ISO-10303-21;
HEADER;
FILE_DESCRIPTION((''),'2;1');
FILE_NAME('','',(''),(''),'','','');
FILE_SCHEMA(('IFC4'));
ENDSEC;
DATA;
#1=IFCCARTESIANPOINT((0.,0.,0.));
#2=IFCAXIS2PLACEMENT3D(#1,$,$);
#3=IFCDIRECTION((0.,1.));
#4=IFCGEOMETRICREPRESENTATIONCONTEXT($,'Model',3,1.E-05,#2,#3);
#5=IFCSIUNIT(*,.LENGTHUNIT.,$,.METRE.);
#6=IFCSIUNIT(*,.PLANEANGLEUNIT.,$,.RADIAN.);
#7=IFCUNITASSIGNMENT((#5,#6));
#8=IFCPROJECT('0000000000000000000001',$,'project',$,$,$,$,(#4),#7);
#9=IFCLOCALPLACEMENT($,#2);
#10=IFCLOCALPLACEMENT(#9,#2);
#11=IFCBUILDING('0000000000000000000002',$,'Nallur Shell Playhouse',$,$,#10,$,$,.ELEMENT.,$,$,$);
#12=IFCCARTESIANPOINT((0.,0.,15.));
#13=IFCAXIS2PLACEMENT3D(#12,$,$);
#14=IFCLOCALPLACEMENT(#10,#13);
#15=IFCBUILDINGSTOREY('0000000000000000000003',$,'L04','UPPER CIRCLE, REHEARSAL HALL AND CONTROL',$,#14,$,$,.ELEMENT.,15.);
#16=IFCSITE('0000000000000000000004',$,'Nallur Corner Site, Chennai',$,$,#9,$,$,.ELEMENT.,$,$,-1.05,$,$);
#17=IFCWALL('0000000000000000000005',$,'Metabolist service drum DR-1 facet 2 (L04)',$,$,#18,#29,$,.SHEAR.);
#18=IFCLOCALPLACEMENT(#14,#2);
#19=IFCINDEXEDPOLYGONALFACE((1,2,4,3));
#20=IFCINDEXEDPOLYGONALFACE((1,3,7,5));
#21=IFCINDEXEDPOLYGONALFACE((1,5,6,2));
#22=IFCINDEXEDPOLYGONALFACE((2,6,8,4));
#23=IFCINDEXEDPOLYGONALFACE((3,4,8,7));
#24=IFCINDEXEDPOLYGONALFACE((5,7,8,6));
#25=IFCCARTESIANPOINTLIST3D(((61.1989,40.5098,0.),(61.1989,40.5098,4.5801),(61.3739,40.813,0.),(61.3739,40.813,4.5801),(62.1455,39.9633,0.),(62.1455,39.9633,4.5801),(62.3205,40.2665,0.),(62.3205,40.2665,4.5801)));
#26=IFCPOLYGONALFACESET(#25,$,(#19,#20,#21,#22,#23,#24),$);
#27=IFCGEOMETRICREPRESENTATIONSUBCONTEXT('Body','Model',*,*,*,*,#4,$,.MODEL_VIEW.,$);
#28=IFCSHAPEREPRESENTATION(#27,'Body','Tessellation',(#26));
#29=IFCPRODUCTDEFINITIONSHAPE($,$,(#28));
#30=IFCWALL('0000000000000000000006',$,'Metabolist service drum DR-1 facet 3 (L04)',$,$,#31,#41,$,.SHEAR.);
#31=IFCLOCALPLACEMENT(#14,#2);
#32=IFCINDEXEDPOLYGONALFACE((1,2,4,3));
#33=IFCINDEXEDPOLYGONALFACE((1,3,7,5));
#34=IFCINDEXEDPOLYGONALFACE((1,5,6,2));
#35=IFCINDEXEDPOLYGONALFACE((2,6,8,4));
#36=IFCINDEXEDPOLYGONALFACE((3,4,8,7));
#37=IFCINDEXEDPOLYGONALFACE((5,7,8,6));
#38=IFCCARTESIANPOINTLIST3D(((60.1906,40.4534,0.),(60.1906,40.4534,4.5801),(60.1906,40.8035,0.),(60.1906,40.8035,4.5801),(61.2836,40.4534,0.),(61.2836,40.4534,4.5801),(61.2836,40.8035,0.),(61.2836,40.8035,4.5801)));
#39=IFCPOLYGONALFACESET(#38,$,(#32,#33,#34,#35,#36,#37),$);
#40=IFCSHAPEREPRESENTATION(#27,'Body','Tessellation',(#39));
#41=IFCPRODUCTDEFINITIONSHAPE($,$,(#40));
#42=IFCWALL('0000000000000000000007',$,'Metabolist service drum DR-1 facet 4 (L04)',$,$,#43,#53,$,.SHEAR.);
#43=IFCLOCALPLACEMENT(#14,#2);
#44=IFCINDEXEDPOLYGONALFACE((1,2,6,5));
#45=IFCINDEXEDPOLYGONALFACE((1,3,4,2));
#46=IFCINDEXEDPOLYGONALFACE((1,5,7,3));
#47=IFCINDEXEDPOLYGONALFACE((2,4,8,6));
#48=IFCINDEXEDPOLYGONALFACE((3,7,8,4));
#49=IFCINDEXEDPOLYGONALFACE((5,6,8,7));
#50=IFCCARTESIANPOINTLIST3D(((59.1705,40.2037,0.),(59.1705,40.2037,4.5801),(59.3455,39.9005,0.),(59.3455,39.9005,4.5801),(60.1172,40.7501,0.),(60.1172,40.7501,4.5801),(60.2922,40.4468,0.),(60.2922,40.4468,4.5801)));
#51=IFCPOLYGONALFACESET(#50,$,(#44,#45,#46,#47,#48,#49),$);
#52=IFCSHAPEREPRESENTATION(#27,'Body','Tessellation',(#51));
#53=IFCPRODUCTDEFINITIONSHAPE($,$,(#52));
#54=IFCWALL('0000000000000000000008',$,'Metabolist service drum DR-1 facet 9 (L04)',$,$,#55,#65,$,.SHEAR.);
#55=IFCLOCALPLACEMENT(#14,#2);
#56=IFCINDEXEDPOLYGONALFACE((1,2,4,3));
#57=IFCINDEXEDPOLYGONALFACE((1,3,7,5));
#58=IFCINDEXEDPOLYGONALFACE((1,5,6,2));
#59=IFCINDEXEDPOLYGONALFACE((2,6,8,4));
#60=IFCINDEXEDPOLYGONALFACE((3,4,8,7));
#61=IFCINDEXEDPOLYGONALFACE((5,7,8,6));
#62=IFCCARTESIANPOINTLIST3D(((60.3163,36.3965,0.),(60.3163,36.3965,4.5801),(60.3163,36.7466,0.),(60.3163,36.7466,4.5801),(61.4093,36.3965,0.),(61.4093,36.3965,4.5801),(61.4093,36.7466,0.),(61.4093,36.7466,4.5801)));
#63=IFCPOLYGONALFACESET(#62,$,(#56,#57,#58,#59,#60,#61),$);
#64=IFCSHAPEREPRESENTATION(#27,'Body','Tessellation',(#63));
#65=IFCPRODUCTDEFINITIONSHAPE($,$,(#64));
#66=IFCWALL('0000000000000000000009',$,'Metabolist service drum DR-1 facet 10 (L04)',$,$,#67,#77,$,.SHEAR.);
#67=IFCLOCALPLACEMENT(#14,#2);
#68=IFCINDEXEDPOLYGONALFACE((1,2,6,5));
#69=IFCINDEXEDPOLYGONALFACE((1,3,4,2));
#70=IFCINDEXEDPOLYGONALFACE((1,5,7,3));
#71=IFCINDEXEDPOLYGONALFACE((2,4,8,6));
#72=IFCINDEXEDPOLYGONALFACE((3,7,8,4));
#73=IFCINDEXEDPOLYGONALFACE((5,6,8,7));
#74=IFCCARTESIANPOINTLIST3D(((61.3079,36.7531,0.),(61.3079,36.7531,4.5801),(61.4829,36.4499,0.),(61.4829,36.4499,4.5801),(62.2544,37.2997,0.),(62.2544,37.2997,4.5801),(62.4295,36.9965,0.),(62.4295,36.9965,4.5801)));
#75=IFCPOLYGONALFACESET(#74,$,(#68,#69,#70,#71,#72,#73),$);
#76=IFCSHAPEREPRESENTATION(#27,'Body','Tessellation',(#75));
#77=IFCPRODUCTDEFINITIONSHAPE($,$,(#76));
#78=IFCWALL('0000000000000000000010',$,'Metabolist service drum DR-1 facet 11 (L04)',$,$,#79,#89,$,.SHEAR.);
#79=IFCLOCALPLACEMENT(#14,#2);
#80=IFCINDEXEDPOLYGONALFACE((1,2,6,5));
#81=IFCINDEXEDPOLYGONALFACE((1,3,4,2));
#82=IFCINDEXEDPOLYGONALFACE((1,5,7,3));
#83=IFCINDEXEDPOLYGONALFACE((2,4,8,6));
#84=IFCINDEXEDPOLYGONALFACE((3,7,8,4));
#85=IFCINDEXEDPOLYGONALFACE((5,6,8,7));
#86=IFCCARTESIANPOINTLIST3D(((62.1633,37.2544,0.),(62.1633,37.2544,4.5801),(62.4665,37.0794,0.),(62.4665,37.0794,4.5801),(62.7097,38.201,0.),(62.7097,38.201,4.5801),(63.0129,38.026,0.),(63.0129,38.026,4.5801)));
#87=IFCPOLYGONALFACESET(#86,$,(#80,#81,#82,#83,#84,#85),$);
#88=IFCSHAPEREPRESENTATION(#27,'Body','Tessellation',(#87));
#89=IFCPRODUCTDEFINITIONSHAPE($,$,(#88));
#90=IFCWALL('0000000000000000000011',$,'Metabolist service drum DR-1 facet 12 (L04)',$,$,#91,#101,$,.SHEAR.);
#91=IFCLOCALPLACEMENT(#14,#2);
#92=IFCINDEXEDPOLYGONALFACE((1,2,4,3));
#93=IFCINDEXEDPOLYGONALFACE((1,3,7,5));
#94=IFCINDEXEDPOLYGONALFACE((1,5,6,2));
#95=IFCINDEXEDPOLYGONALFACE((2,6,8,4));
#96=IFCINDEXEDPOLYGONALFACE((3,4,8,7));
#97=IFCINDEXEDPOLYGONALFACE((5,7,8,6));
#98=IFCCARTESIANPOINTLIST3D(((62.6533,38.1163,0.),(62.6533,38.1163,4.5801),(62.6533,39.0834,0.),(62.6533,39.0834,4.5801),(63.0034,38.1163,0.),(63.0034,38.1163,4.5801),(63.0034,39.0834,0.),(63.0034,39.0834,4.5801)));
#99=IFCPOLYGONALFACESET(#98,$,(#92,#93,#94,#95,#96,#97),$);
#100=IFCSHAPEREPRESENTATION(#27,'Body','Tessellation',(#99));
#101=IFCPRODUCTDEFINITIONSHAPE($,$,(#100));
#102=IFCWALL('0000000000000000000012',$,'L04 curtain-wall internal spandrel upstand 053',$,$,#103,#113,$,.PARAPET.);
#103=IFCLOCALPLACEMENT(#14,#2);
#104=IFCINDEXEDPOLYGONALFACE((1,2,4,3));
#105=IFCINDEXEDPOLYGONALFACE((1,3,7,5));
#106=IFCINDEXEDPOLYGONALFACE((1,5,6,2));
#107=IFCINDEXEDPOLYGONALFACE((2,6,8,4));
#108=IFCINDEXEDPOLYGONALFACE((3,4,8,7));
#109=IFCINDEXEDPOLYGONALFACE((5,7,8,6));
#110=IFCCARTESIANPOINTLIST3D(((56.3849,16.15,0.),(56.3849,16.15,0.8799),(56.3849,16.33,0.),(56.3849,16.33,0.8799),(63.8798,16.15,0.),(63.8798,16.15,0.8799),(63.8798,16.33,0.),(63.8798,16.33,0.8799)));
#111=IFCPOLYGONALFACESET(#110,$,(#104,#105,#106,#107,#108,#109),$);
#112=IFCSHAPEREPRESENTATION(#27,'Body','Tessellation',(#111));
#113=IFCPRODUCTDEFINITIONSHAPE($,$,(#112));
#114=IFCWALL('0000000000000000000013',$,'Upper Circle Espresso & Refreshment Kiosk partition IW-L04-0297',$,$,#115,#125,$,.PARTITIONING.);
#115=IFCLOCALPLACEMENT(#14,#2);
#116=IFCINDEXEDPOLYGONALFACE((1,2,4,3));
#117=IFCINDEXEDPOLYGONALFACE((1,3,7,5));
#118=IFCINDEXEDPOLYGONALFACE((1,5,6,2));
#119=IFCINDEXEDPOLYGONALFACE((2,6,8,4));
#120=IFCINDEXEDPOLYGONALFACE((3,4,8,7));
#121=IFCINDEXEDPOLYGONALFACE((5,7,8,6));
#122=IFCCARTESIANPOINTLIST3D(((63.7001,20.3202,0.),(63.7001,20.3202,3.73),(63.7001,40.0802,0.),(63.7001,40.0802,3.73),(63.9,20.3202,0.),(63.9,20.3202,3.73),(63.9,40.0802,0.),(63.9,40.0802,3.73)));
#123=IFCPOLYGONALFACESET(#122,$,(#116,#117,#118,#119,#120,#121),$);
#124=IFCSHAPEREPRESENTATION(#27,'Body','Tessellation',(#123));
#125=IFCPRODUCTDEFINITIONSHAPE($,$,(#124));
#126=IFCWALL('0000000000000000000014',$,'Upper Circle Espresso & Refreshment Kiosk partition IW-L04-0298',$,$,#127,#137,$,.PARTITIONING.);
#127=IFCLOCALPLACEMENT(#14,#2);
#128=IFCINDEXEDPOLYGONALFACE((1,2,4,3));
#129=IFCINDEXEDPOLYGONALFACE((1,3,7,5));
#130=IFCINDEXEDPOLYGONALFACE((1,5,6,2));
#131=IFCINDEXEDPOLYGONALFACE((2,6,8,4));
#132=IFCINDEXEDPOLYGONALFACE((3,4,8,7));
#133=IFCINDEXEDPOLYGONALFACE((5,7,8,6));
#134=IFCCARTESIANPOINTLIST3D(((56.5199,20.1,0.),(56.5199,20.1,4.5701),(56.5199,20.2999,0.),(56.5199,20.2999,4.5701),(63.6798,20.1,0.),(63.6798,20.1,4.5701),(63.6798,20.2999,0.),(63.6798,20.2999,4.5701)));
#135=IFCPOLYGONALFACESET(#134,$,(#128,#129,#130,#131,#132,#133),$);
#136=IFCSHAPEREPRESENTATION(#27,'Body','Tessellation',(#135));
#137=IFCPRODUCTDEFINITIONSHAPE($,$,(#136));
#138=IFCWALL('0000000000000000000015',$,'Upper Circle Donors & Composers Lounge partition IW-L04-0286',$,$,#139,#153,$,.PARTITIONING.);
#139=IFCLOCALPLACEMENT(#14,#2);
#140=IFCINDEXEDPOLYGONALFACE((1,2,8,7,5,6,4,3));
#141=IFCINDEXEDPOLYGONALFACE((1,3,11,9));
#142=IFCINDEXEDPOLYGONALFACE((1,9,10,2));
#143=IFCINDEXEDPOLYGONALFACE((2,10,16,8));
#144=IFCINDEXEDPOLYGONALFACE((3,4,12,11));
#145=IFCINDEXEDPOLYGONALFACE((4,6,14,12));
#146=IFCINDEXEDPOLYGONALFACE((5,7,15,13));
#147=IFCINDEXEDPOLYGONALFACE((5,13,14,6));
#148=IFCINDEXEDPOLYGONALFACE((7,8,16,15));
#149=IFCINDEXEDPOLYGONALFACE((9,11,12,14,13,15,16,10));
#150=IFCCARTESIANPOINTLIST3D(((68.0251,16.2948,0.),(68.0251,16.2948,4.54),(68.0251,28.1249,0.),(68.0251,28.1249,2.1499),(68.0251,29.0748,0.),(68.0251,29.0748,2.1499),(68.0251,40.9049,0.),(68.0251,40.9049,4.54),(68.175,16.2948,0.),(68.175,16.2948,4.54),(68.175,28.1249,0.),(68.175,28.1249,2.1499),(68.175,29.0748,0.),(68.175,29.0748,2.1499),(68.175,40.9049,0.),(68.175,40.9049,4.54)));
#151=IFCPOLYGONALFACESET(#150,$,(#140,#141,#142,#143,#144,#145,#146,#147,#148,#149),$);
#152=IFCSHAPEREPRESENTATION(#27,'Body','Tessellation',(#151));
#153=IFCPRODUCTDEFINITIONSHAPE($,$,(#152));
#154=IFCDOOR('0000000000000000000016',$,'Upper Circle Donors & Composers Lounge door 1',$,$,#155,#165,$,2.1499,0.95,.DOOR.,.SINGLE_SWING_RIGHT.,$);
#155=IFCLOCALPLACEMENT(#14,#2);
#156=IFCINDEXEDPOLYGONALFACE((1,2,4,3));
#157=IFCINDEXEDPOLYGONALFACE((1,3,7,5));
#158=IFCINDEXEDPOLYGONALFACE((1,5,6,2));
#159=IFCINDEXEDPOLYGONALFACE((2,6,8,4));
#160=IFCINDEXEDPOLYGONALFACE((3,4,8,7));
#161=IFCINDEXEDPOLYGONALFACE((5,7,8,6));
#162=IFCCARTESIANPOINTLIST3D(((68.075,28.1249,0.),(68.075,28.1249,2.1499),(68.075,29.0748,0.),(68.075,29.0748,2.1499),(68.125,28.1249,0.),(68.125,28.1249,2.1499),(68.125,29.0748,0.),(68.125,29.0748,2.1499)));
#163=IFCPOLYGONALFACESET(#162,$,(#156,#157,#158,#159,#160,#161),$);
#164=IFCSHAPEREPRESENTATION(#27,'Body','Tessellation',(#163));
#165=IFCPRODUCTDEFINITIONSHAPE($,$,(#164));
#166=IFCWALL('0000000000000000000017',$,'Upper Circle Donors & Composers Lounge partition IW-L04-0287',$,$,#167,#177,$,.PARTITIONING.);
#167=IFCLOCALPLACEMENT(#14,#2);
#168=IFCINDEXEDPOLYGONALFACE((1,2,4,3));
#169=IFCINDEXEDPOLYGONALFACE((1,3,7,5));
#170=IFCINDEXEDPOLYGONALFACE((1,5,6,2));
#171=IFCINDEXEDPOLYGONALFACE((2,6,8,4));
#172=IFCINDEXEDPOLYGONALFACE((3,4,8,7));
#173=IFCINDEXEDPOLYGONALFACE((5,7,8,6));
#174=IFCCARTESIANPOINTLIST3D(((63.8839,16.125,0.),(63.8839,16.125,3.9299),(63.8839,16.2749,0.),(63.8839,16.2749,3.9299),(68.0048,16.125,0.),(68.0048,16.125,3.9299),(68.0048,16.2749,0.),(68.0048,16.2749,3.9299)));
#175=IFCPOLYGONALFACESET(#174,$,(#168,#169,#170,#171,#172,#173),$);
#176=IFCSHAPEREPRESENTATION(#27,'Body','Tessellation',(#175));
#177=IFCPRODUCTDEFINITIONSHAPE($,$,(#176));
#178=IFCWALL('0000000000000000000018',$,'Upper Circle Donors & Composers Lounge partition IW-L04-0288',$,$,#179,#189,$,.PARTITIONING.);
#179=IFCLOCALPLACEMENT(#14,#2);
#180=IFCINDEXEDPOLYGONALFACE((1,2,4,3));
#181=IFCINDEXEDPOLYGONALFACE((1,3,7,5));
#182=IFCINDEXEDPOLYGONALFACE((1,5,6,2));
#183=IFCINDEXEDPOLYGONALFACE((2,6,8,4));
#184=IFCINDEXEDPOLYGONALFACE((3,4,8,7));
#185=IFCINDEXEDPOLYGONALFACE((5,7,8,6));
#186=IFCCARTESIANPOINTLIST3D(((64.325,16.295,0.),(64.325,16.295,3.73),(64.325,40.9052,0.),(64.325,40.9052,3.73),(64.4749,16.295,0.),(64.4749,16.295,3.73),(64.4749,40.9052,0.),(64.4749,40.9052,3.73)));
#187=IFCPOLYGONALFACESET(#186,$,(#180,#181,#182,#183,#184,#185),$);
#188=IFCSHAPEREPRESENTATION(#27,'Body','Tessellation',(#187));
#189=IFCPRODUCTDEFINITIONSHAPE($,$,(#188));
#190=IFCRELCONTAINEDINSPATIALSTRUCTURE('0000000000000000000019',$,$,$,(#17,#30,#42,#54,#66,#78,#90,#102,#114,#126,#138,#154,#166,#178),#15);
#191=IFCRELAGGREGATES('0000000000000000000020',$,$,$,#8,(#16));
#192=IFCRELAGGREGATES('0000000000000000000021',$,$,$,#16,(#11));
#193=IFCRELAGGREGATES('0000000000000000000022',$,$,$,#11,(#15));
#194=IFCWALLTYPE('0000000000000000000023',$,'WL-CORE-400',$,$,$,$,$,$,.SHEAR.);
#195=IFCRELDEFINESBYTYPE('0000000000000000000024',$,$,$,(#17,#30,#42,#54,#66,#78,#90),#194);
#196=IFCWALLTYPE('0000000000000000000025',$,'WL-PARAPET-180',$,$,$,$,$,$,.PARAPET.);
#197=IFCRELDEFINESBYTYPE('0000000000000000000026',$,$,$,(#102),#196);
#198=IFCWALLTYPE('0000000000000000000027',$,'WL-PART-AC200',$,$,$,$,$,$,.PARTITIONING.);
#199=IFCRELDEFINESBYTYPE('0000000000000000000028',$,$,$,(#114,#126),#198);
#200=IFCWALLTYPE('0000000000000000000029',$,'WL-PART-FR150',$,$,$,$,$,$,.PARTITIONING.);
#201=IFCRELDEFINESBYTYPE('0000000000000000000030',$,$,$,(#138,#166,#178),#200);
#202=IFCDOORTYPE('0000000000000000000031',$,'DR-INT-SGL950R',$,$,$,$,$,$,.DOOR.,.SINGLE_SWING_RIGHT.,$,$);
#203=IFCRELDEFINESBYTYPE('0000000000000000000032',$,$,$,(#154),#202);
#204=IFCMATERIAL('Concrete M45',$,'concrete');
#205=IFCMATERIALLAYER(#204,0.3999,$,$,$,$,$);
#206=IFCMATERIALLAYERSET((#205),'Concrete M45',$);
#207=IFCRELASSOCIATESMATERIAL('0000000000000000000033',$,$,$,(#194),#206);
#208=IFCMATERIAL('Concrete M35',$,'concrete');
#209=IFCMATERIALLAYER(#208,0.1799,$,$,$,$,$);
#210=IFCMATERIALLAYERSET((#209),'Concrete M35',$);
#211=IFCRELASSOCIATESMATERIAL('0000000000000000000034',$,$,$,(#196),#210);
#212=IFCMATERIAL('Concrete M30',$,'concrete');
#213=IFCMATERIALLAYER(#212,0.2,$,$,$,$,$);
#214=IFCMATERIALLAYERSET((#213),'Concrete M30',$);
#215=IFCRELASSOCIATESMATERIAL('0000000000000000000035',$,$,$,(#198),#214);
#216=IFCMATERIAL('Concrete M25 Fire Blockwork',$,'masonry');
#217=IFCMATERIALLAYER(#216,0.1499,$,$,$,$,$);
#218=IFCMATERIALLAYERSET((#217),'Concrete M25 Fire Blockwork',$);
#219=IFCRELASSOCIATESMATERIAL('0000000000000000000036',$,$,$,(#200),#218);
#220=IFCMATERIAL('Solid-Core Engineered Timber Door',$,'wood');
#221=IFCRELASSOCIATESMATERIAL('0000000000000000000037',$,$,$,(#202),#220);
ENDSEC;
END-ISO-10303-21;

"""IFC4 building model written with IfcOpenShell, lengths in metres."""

from ifc_helpers import new_model, si_unit, direction, frame, frame_2d, origin, place, context, subcontext, project, spatial, rectangle, extrude, material, layer, layer_set, type_object, element, fill, save


model = new_model("IFC4")

# Units and contexts
model_context = context("Model", 3, precision=1e-05, world=origin(), true_north=direction((0.0, 1.0)))
body_context = subcontext(model_context, "Body", "Model", "MODEL_VIEW")
ifc_project = project(units=[si_unit("LENGTHUNIT", "METRE"), si_unit("PLANEANGLEUNIT", "RADIAN")], contexts=[model_context])

# Site, building, storey
site_placement = place(None, origin())
site = spatial("IfcSite", under=ifc_project, at=site_placement, Name="Nallur Corner Site, Chennai", CompositionType="ELEMENT", RefElevation=-1.05)
building_placement = place(site_placement, origin())
building = spatial("IfcBuilding", under=site, at=building_placement, Name="Nallur Shell Playhouse", CompositionType="ELEMENT")
storey_placement = place(building_placement, frame((0.0, 0.0, 15.0)))
storey = spatial("IfcBuildingStorey", under=building, at=storey_placement, Name="L04", Description="UPPER CIRCLE, REHEARSAL HALL AND CONTROL", CompositionType="ELEMENT", Elevation=15.0)

# Shared definitions
ifc_material_1 = material(Name="Concrete M45", Category="concrete")

# Walls
ifc_layer_1 = layer(ifc_material_1, 0.3999)
ifc_layer_set_1 = layer_set([ifc_layer_1], Name="Concrete M45")
wall_type_1 = type_object("IfcWallType", Name="WL-CORE-400", PredefinedType="SHEAR", material=ifc_layer_set_1)
for number, where, z_axis, x_axis, name in (
    (1, (62.2329, 40.115, 0.0), (0.0, 0.0, 1.0), (-0.866063, 0.499935, 0.0), "Metabolist service drum DR-1 facet 2 (L04)"),
    (2, (61.2834, 40.6284, 0.0), (0.0, 0.0, 1.0), (-1.0, 0.0, 0.0), "Metabolist service drum DR-1 facet 3 (L04)"),
    (3, (60.2046, 40.5984, 0.0), (0.0, 0.0, 1.0), (-0.866119, -0.499838, 0.0), "Metabolist service drum DR-1 facet 4 (L04)"),
    (4, (60.3164, 36.5715, 0.0), (0.0, 0.0, 1.0), (1.0, 0.0, 0.0), "Metabolist service drum DR-1 facet 9 (L04)"),
    (5, (61.3955, 36.6016, 0.0), (0.0, 0.0, 1.0), (0.865966, 0.500103, 0.0), "Metabolist service drum DR-1 facet 10 (L04)"),
    (6, (62.3149, 37.167, 0.0), (0.0, 0.0, 1.0), (0.499935, 0.866063, 0.0), "Metabolist service drum DR-1 facet 11 (L04)"),
):
    element("IfcWall", number, at=place(storey_placement, frame(where, z_axis=z_axis, x_axis=x_axis)), inside=storey, type_object=wall_type_1, Name=name, PredefinedType="SHEAR", context=body_context, shape_type="SweptSolid", body=[
        extrude(rectangle(XDim=1.093, YDim=0.3501, at=frame_2d((0.5464, 0.0))), origin(), (0.0, 0.0, 1.0), 4.5801),
    ])
wall_1_placement = place(storey_placement, frame((62.8284, 38.1165, 0.0), z_axis=(0.0, 0.0, 1.0), x_axis=(0.0, 1.0, 0.0)))
element("IfcWall", 7, at=wall_1_placement, inside=storey, type_object=wall_type_1, Name="Metabolist service drum DR-1 facet 12 (L04)", PredefinedType="SHEAR", context=body_context, shape_type="SweptSolid", body=[
    extrude(rectangle(XDim=0.967, YDim=0.3501, at=frame_2d((0.4834, 0.0))), origin(), (0.0, 0.0, 1.0), 4.5801),
])
ifc_material_2 = material(Name="Concrete M35", Category="concrete")
ifc_layer_2 = layer(ifc_material_2, 0.1799)
ifc_layer_set_2 = layer_set([ifc_layer_2], Name="Concrete M35")
wall_type_2 = type_object("IfcWallType", Name="WL-PARAPET-180", PredefinedType="PARAPET", material=ifc_layer_set_2)
wall_2_placement = place(storey_placement, frame((63.8799, 16.24, 0.0), z_axis=(0.0, 0.0, 1.0), x_axis=(-1.0, 0.0, 0.0)))
element("IfcWall", 8, at=wall_2_placement, inside=storey, type_object=wall_type_2, Name="L04 curtain-wall internal spandrel upstand 053", PredefinedType="PARAPET", context=body_context, shape_type="SweptSolid", body=[
    extrude(rectangle(XDim=7.4949, YDim=0.1799, at=frame_2d((3.7476, 0.0))), origin(), (0.0, 0.0, 1.0), 0.8799),
])
ifc_material_3 = material(Name="Concrete M30", Category="concrete")
ifc_layer_3 = layer(ifc_material_3, 0.2)
ifc_layer_set_3 = layer_set([ifc_layer_3], Name="Concrete M30")
wall_type_3 = type_object("IfcWallType", Name="WL-PART-AC200", PredefinedType="PARTITIONING", material=ifc_layer_set_3)
wall_3_placement = place(storey_placement, frame((63.8, 40.0801, 0.0), z_axis=(0.0, 0.0, 1.0), x_axis=(0.0, -1.0, 0.0)))
element("IfcWall", 9, at=wall_3_placement, inside=storey, type_object=wall_type_3, Name="Upper Circle Espresso & Refreshment Kiosk partition IW-L04-0297", PredefinedType="PARTITIONING", context=body_context, shape_type="SweptSolid", body=[
    extrude(rectangle(XDim=19.76, YDim=0.2, at=frame_2d((9.8799, 0.0))), origin(), (0.0, 0.0, 1.0), 3.73),
])
wall_4_placement = place(storey_placement, frame((63.6799, 20.2, 0.0), z_axis=(0.0, 0.0, 1.0), x_axis=(-1.0, 0.0, 0.0)))
element("IfcWall", 10, at=wall_4_placement, inside=storey, type_object=wall_type_3, Name="Upper Circle Espresso & Refreshment Kiosk partition IW-L04-0298", PredefinedType="PARTITIONING", context=body_context, shape_type="SweptSolid", body=[
    extrude(rectangle(XDim=7.1599, YDim=0.2, at=frame_2d((3.5801, 0.0))), origin(), (0.0, 0.0, 1.0), 4.5701),
])

# Wall, opening, door
ifc_material_4 = material(Name="Concrete M25 Fire Blockwork", Category="masonry")
ifc_layer_4 = layer(ifc_material_4, 0.1499)
ifc_layer_set_4 = layer_set([ifc_layer_4], Name="Concrete M25 Fire Blockwork")
wall_type_4 = type_object("IfcWallType", Name="WL-PART-FR150", PredefinedType="PARTITIONING", material=ifc_layer_set_4)
wall_5_placement = place(storey_placement, frame((68.1001, 40.905, 0.0), z_axis=(0.0, 0.0, 1.0), x_axis=(0.0, -1.0, 0.0)))
wall_5 = element("IfcWall", 11, at=wall_5_placement, inside=storey, type_object=wall_type_4, Name="Upper Circle Donors & Composers Lounge partition IW-L04-0286", PredefinedType="PARTITIONING", context=body_context, shape_type="SweptSolid", body=[
    extrude(rectangle(XDim=24.6101, YDim=0.1499, at=frame_2d((12.3052, 0.0))), origin(), (0.0, 0.0, 1.0), 4.54),
])
opening_1_placement = place(wall_5_placement, frame((11.8301, 0.0, 0.0)))
opening_1 = element("IfcOpeningElement", 12, at=opening_1_placement, cuts=wall_5, PredefinedType="OPENING", context=body_context, shape_type="SweptSolid", body=[
    extrude(rectangle(XDim=0.95, YDim=2.1499, at=frame_2d((0.4751, 1.075))), frame((0.0, 0.085, 0.0), z_axis=(0.0, -1.0, 0.0), x_axis=(1.0, 0.0, 0.0)), (0.0, 0.0, 1.0), 0.1699),
])
ifc_material_5 = material(Name="Solid-Core Engineered Timber Door", Category="wood")
door_type_1 = type_object("IfcDoorType", Name="DR-INT-SGL950R", OperationType="SINGLE_SWING_RIGHT", PredefinedType="DOOR", material=ifc_material_5)
door_1_placement = place(opening_1_placement, origin())
door_1 = element("IfcDoor", 13, at=door_1_placement, inside=storey, type_object=door_type_1, Name="Upper Circle Donors & Composers Lounge door 1", OperationType="SINGLE_SWING_RIGHT", OverallHeight=2.1499, OverallWidth=0.95, PredefinedType="DOOR", context=body_context, shape_type="SweptSolid", body=[
    extrude(rectangle(XDim=0.95, YDim=2.1499, at=frame_2d((0.4751, 1.075))), frame((0.0, 0.0249, 0.0), z_axis=(0.0, -1.0, 0.0), x_axis=(1.0, 0.0, 0.0)), (0.0, 0.0, 1.0), 0.05),
])
fill(opening_1, door_1)

# Walls
wall_6_placement = place(storey_placement, frame((68.0049, 16.2, 0.0), z_axis=(0.0, 0.0, 1.0), x_axis=(-1.0, 0.0, 0.0)))
element("IfcWall", 14, at=wall_6_placement, inside=storey, type_object=wall_type_4, Name="Upper Circle Donors & Composers Lounge partition IW-L04-0287", PredefinedType="PARTITIONING", context=body_context, shape_type="SweptSolid", body=[
    extrude(rectangle(XDim=4.1208, YDim=0.1499, at=frame_2d((2.0605, 0.0))), origin(), (0.0, 0.0, 1.0), 3.9299),
])
wall_7_placement = place(storey_placement, frame((64.3999, 16.2949, 0.0), z_axis=(0.0, 0.0, 1.0), x_axis=(0.0, 1.0, 0.0)))
element("IfcWall", 15, at=wall_7_placement, inside=storey, type_object=wall_type_4, Name="Upper Circle Donors & Composers Lounge partition IW-L04-0288", PredefinedType="PARTITIONING", context=body_context, shape_type="SweptSolid", body=[
    extrude(rectangle(XDim=24.6101, YDim=0.1499, at=frame_2d((12.3052, 0.0))), origin(), (0.0, 0.0, 1.0), 3.73),
])

save(model, "model.ifc")
